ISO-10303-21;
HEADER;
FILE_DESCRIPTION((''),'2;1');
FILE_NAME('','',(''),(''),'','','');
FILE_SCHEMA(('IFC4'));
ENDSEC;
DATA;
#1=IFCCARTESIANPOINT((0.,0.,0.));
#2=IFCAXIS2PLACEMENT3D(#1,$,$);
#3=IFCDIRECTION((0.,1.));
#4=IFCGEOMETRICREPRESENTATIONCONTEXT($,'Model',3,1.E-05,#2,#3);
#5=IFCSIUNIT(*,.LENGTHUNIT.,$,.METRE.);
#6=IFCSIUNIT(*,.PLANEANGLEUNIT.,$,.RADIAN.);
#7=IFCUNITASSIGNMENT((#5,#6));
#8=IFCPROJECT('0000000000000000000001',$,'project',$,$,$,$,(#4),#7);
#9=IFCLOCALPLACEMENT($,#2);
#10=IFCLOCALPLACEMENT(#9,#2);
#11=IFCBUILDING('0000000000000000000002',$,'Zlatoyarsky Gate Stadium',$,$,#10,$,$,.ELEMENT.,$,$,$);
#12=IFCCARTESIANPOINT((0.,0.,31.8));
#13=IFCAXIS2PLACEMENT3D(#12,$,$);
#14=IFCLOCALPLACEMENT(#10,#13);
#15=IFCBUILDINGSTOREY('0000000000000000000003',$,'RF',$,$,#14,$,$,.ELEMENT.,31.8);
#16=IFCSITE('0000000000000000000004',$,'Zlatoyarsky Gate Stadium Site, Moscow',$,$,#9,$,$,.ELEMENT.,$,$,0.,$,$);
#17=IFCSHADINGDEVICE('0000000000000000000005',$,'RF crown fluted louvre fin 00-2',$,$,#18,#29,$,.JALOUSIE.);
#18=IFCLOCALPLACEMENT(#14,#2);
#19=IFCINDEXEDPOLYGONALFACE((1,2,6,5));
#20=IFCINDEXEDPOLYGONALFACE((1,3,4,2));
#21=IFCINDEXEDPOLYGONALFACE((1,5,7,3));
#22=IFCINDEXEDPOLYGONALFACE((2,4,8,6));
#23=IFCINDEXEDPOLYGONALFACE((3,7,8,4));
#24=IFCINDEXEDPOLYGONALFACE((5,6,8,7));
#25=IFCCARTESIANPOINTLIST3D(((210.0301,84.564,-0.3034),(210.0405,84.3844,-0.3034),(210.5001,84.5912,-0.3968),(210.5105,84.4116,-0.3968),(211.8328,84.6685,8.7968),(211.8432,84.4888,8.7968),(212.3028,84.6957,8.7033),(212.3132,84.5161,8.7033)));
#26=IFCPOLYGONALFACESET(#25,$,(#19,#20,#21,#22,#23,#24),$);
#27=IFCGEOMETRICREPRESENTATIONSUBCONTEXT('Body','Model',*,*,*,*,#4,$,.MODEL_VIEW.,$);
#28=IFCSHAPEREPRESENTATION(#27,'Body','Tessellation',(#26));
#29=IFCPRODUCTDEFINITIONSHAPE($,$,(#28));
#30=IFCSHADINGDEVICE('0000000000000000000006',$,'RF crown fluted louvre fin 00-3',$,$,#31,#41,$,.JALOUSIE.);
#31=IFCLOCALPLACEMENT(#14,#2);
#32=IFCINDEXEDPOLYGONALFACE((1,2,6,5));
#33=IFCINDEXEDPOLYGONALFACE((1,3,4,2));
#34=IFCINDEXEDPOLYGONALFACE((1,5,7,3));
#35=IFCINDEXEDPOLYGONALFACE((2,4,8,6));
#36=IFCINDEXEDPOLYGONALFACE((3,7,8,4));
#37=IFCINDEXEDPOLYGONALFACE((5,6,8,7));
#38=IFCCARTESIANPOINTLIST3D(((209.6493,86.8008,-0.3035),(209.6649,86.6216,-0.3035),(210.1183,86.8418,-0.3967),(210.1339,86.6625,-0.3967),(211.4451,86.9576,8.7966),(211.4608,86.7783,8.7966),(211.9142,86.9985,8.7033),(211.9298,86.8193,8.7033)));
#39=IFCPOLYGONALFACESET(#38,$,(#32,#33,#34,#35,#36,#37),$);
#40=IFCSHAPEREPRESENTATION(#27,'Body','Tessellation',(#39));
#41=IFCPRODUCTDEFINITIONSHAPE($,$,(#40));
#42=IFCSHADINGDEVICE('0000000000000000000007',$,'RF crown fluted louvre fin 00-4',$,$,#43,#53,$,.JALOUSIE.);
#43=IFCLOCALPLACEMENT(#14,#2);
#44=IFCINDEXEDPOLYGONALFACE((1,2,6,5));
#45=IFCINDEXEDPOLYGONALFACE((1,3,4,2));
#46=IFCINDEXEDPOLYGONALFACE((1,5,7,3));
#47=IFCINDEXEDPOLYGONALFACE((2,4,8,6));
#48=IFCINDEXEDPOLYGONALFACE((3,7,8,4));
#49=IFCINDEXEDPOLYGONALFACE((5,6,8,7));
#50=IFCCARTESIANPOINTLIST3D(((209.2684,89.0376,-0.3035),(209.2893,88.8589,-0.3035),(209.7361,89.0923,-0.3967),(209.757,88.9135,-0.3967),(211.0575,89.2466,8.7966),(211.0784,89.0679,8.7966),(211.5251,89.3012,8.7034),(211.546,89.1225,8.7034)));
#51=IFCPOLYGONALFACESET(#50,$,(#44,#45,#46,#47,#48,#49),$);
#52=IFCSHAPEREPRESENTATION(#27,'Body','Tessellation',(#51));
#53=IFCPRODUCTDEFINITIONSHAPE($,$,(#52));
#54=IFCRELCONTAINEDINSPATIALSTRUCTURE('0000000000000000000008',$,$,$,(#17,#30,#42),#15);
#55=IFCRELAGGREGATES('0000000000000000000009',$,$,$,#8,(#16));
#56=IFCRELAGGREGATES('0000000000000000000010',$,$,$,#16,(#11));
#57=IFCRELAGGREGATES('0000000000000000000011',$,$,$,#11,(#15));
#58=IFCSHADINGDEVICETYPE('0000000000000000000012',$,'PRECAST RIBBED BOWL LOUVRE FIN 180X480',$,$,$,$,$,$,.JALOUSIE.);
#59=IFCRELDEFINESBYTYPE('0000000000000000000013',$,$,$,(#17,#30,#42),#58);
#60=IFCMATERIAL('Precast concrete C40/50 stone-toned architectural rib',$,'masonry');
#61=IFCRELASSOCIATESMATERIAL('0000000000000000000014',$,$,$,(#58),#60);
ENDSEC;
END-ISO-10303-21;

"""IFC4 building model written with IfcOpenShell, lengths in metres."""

from ifc_helpers import new_model, si_unit, direction, frame, origin, origin_2d, place, context, subcontext, project, spatial, rectangle, extrude, material, material_profile, profile_set, type_object, element, save


model = new_model("IFC4")

# Units and contexts
model_context = context("Model", 3, precision=1e-05, world=origin(), true_north=direction((0.0, 1.0)))
body_context = subcontext(model_context, "Body", "Model", "MODEL_VIEW")
ifc_project = project(units=[si_unit("LENGTHUNIT", "METRE"), si_unit("PLANEANGLEUNIT", "RADIAN")], contexts=[model_context])

# Site, building, storey
site_placement = place(None, origin())
site = spatial("IfcSite", under=ifc_project, at=site_placement, Name="Zlatoyarsky Gate Stadium Site, Moscow", CompositionType="ELEMENT", RefElevation=0.0)
building_placement = place(site_placement, origin())
building = spatial("IfcBuilding", under=site, at=building_placement, Name="Zlatoyarsky Gate Stadium", CompositionType="ELEMENT")
storey_placement = place(building_placement, frame((0.0, 0.0, 31.8)))
storey = spatial("IfcBuildingStorey", under=building, at=storey_placement, Name="RF", CompositionType="ELEMENT", Elevation=31.8)

# Shading devices
ifc_material_1 = material(Name="Precast concrete C40/50 stone-toned architectural rib", Category="masonry")
ifc_material_profile_1 = material_profile(ifc_material_1, rectangle(XDim=0.1799, YDim=0.48, at=origin_2d()), Name="RIB 180X480")
ifc_profile_set_1 = profile_set([ifc_material_profile_1], Name="Precast concrete C40/50 stone-toned architectural rib")
shading_device_type = type_object("IfcShadingDeviceType", Name="PRECAST RIBBED BOWL LOUVRE FIN 180X480", PredefinedType="JALOUSIE", material=ifc_profile_set_1)
shading_device_1_placement = place(storey_placement, frame((210.2703, 84.4878, -0.3501), z_axis=(0.194312, 0.011263, 0.980875), x_axis=(-0.057866, 0.998324, 0.0)))
element("IfcShadingDevice", 1, at=shading_device_1_placement, inside=storey, type_object=shading_device_type, Name="RF crown fluted louvre fin 00-2", PredefinedType="JALOUSIE", context=body_context, shape_type="SweptSolid", body=[
    extrude(rectangle(XDim=0.1799, YDim=0.48, at=origin_2d()), origin(), (0.0, 0.0, 1.0), 9.2776),
])
shading_device_2_placement = place(storey_placement, frame((209.8916, 86.7317, -0.3501), z_axis=(0.193587, 0.016895, 0.980938), x_axis=(-0.086945, 0.996213, 0.0)))
element("IfcShadingDevice", 2, at=shading_device_2_placement, inside=storey, type_object=shading_device_type, Name="RF crown fluted louvre fin 00-3", PredefinedType="JALOUSIE", context=body_context, shape_type="SweptSolid", body=[
    extrude(rectangle(XDim=0.1799, YDim=0.48, at=origin_2d()), origin(), (0.0, 0.0, 1.0), 9.2769),
])
shading_device_3_placement = place(storey_placement, frame((209.5127, 88.9756, -0.3501), z_axis=(0.192857, 0.022528, 0.980968), x_axis=(-0.116023, 0.993246, 0.0)))
element("IfcShadingDevice", 3, at=shading_device_3_placement, inside=storey, type_object=shading_device_type, Name="RF crown fluted louvre fin 00-4", PredefinedType="JALOUSIE", context=body_context, shape_type="SweptSolid", body=[
    extrude(rectangle(XDim=0.1799, YDim=0.48, at=origin_2d()), origin(), (0.0, 0.0, 1.0), 9.2766),
])

save(model, "model.ifc")
